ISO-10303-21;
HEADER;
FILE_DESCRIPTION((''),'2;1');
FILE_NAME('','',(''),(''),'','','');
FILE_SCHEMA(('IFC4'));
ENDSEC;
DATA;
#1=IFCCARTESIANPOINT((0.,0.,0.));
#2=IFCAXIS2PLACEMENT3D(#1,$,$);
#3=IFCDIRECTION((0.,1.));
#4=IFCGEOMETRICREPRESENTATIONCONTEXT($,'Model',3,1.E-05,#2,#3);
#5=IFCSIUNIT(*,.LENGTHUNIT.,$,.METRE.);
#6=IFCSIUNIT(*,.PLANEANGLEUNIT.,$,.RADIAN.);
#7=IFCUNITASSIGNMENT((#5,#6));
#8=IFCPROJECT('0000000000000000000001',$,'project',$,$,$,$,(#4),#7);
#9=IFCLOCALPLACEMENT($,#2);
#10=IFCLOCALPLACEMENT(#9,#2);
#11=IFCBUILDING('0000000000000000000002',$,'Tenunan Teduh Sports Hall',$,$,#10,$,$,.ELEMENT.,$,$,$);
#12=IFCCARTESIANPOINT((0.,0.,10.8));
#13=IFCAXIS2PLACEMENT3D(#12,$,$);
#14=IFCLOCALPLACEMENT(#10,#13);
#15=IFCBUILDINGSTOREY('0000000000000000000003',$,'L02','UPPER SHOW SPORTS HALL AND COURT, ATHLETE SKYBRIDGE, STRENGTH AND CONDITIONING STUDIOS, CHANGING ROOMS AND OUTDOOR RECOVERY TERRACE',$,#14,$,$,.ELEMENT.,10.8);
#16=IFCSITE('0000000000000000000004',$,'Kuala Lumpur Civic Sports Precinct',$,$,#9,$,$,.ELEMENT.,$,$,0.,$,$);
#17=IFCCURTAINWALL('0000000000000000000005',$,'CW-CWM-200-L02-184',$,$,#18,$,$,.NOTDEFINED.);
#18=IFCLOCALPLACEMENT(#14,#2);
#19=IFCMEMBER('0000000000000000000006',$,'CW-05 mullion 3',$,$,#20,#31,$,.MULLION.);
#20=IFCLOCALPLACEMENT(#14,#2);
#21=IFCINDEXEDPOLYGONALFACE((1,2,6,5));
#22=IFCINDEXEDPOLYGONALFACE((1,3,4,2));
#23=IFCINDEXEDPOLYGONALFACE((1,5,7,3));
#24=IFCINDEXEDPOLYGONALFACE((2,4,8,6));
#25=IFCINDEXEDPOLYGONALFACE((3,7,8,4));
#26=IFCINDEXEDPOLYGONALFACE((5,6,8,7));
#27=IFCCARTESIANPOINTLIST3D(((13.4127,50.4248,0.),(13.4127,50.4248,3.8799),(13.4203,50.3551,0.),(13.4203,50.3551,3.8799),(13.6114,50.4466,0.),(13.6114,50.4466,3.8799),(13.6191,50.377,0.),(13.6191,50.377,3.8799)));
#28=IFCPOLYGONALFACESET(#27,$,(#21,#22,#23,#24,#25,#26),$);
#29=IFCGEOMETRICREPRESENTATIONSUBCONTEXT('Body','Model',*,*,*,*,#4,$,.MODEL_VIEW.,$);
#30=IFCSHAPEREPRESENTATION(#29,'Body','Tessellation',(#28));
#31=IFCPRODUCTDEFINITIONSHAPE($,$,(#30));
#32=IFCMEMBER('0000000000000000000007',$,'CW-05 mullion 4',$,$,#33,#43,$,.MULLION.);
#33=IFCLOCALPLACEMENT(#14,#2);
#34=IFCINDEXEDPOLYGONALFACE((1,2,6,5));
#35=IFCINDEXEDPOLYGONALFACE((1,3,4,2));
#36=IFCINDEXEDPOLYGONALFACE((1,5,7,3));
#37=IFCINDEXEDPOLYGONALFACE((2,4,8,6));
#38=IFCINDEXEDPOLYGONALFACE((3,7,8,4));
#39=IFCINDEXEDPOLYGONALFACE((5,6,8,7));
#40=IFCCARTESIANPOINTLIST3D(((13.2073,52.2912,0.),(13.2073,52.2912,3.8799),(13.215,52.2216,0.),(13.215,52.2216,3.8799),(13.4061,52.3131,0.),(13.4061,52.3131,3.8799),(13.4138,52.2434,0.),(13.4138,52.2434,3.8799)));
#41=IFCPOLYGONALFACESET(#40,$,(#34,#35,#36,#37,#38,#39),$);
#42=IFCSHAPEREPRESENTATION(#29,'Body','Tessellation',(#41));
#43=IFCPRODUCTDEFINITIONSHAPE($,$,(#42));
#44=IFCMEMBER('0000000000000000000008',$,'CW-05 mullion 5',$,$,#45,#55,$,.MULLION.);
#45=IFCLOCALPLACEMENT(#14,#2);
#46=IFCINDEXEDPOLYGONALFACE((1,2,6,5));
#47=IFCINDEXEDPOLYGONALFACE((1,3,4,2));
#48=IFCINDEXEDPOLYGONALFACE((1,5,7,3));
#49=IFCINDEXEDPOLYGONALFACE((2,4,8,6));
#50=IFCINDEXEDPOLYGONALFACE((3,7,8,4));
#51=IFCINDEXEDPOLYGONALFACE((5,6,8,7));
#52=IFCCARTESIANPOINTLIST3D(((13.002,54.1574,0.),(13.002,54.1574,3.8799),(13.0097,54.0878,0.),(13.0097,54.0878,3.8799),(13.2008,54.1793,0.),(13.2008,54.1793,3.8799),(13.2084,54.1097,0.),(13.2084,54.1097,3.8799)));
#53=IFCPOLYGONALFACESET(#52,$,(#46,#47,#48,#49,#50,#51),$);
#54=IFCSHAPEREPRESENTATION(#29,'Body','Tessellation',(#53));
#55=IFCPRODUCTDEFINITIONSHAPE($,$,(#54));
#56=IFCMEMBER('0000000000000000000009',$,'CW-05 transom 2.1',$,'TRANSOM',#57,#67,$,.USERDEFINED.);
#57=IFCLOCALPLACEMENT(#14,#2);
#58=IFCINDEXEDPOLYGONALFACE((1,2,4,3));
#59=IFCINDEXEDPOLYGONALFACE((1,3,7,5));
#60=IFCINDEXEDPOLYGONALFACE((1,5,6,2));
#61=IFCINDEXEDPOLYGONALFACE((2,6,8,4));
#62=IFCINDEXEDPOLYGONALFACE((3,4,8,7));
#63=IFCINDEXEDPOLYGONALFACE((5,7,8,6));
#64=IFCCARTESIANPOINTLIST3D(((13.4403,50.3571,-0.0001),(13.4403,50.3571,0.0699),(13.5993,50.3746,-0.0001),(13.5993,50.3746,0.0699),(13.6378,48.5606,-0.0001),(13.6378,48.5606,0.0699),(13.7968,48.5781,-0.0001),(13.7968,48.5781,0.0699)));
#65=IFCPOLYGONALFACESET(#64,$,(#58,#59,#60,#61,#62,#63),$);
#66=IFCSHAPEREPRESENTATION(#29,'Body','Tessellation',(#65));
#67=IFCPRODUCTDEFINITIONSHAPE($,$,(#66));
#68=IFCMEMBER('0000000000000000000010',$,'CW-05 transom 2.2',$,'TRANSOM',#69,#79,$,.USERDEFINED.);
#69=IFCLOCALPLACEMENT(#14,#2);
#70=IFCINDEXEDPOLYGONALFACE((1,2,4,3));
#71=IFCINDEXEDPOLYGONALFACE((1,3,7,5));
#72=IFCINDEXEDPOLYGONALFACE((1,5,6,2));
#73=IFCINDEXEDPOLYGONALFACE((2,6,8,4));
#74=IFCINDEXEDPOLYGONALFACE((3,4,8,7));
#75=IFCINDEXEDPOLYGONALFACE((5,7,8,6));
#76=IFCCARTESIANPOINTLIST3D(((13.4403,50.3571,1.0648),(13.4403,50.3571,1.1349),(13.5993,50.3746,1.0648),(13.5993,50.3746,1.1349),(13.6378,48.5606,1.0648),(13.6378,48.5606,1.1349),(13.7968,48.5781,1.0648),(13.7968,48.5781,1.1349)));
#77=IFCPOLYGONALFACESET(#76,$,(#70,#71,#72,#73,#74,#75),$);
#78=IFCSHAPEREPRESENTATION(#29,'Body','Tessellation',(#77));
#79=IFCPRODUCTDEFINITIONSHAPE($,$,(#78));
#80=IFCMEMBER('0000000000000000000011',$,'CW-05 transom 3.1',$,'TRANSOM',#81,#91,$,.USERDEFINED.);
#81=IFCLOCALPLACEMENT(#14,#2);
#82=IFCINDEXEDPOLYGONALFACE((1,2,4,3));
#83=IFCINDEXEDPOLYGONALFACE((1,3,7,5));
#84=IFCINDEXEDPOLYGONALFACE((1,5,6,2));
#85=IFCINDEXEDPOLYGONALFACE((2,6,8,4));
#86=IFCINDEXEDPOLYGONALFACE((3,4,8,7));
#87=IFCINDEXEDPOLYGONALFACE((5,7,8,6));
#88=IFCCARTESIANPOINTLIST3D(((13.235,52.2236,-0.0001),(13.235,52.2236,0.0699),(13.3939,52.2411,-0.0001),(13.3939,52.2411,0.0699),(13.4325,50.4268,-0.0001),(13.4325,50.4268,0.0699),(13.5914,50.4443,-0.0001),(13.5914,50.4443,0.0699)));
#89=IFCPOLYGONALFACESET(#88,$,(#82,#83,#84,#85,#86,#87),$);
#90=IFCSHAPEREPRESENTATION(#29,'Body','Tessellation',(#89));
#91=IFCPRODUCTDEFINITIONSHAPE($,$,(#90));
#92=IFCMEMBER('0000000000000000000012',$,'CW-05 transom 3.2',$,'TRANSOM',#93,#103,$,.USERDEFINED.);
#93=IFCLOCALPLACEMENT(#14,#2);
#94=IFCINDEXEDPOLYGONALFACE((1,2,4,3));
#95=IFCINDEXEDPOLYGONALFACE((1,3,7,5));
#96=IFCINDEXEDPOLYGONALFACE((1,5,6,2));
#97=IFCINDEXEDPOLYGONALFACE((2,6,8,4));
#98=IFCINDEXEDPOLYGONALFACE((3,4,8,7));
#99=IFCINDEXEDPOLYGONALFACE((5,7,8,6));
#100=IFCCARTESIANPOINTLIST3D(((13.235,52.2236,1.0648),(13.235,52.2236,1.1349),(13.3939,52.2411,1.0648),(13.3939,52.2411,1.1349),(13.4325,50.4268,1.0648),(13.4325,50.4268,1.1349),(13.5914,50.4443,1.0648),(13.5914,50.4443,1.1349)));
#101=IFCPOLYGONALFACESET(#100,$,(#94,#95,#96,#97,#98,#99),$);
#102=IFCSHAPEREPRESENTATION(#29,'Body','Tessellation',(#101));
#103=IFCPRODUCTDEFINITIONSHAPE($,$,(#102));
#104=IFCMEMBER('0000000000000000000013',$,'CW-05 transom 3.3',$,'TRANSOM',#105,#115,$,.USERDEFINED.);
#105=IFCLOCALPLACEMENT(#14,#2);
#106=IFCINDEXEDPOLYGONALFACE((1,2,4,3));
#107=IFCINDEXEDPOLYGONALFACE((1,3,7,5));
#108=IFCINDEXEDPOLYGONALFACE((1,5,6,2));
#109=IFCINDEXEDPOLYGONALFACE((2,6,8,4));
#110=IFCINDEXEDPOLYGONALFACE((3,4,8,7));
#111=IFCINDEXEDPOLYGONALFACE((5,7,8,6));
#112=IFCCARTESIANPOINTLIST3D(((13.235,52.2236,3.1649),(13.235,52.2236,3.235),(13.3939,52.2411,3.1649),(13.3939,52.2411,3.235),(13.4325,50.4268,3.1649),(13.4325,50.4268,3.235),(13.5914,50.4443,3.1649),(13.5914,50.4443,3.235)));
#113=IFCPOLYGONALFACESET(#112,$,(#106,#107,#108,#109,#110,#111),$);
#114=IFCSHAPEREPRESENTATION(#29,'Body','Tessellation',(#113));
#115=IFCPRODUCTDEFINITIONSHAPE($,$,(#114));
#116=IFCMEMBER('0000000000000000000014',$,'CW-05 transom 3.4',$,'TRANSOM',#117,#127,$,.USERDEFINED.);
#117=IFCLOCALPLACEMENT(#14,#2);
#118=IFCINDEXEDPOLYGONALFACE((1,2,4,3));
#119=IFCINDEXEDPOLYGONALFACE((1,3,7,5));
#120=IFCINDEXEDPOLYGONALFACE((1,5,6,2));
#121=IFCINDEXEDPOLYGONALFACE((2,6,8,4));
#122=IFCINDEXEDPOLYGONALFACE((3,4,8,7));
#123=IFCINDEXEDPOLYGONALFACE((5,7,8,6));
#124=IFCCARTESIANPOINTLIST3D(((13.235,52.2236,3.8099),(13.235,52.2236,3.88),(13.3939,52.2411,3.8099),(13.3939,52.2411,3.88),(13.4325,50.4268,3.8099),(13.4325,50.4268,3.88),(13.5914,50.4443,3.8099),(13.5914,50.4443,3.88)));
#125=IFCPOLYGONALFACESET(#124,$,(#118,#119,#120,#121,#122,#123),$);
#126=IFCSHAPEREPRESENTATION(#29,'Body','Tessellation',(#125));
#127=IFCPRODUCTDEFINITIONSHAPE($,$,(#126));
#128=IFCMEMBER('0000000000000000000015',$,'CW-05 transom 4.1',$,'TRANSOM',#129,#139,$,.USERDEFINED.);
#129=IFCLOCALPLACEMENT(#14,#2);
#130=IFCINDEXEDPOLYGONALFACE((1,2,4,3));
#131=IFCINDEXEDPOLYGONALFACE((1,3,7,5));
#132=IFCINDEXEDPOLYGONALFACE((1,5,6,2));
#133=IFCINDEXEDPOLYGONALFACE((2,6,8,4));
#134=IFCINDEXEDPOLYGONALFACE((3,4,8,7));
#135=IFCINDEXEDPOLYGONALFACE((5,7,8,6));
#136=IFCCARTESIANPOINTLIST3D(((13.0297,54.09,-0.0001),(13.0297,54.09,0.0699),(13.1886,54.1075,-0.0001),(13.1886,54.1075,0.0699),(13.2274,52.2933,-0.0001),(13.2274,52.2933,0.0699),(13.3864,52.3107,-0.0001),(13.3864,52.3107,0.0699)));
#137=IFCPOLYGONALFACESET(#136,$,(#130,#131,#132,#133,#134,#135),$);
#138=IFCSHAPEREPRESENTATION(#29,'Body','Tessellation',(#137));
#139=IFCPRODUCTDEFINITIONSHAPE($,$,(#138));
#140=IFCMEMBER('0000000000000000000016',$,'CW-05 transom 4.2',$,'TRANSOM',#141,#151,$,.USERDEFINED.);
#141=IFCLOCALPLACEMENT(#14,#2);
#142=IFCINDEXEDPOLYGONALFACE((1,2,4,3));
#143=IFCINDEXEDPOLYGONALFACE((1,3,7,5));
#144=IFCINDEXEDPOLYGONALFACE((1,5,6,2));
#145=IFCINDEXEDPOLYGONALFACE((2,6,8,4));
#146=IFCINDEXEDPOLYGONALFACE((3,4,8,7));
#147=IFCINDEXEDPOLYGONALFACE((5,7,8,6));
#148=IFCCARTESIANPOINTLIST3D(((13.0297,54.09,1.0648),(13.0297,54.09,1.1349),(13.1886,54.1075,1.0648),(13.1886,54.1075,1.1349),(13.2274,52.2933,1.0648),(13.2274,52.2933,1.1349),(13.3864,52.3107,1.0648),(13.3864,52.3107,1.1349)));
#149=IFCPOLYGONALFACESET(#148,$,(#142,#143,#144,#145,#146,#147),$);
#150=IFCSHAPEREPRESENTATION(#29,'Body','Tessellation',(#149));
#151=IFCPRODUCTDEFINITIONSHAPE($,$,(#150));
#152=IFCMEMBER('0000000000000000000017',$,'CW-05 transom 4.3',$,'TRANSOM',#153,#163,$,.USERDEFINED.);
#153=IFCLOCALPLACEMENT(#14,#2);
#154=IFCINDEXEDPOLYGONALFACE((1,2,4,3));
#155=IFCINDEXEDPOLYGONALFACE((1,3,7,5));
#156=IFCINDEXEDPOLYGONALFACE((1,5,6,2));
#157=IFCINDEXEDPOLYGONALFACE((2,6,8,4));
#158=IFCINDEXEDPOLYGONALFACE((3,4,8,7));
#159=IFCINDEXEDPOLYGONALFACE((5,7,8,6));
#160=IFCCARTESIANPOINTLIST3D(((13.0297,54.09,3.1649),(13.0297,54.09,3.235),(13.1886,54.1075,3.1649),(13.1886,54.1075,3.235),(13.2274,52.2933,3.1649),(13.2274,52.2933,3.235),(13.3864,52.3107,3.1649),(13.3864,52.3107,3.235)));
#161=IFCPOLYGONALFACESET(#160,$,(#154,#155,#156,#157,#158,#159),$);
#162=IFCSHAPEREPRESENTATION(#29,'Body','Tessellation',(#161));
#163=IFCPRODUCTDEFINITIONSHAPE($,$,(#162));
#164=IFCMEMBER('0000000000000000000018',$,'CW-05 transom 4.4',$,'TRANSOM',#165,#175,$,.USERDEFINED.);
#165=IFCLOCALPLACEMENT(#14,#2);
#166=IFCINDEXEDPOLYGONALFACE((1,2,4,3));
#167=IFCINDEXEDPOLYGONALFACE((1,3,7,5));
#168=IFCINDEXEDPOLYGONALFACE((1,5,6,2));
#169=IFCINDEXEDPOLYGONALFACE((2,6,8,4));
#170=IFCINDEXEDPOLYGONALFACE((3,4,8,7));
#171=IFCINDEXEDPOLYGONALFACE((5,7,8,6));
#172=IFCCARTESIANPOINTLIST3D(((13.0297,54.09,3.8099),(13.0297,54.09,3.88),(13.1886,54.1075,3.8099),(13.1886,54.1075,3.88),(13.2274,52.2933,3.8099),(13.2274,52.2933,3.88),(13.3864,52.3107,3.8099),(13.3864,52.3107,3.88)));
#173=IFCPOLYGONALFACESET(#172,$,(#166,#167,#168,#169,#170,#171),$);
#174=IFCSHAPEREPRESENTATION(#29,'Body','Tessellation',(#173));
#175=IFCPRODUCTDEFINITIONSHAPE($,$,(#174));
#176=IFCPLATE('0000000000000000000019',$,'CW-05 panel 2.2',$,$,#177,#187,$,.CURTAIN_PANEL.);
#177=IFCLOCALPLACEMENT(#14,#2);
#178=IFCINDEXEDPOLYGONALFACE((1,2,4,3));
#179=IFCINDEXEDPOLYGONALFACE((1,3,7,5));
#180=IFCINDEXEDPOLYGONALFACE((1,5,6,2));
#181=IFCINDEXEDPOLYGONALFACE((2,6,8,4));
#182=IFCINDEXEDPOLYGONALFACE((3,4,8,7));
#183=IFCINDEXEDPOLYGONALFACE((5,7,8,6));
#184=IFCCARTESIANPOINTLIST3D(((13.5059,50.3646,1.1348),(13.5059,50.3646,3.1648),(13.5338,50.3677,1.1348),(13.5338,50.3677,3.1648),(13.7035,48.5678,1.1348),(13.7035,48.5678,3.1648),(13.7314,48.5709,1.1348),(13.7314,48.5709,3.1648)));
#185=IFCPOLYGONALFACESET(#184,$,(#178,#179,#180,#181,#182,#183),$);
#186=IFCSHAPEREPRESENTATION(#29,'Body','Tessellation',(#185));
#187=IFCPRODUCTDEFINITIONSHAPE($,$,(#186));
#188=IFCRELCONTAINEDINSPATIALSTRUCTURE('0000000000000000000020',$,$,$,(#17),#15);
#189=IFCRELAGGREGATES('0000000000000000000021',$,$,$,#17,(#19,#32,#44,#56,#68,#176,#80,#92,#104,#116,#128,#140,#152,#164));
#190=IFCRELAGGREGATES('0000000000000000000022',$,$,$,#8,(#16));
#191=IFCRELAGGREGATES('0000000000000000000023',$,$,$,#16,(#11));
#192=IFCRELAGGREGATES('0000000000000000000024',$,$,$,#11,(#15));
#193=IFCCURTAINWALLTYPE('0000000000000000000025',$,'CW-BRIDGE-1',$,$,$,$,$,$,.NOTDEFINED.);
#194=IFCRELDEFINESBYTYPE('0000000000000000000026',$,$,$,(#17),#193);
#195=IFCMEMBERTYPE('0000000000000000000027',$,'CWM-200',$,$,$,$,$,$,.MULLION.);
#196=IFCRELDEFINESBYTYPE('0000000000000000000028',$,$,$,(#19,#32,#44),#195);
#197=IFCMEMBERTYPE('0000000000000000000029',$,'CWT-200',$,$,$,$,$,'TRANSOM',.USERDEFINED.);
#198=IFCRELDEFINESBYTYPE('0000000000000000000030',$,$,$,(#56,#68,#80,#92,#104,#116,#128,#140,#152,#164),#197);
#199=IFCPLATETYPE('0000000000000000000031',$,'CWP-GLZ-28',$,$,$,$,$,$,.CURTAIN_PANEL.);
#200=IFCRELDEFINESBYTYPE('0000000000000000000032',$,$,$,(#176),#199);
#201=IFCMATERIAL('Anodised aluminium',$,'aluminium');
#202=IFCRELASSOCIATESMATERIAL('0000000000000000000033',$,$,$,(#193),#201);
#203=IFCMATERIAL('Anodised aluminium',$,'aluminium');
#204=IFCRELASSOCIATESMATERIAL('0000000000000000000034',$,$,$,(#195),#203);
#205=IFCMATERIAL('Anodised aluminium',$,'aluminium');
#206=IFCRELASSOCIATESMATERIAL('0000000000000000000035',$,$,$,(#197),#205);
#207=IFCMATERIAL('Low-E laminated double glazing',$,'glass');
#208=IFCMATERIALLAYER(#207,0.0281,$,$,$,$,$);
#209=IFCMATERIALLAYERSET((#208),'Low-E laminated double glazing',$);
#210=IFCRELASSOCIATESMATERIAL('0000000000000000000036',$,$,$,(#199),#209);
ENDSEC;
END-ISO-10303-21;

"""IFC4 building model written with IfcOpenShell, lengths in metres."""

from ifc_helpers import new_model, si_unit, direction, frame, origin, origin_2d, place, context, subcontext, project, spatial, rectangle, extrude, material, layer, layer_set, material_profile, profile_set, type_object, element, aggregate, save


model = new_model("IFC4")

# Units and contexts
model_context = context("Model", 3, precision=1e-05, world=origin(), true_north=direction((0.0, 1.0)))
body_context = subcontext(model_context, "Body", "Model", "MODEL_VIEW")
ifc_project = project(units=[si_unit("LENGTHUNIT", "METRE"), si_unit("PLANEANGLEUNIT", "RADIAN")], contexts=[model_context])

# Site, building, storey
site_placement = place(None, origin())
site = spatial("IfcSite", under=ifc_project, at=site_placement, Name="Kuala Lumpur Civic Sports Precinct", CompositionType="ELEMENT", RefElevation=0.0)
building_placement = place(site_placement, origin())
building = spatial("IfcBuilding", under=site, at=building_placement, Name="Tenunan Teduh Sports Hall", CompositionType="ELEMENT")
storey_placement = place(building_placement, frame((0.0, 0.0, 10.8)))
storey = spatial("IfcBuildingStorey", under=building, at=storey_placement, Name="L02", Description="UPPER SHOW SPORTS HALL AND COURT, ATHLETE SKYBRIDGE, STRENGTH AND CONDITIONING STUDIOS, CHANGING ROOMS AND OUTDOOR RECOVERY TERRACE", CompositionType="ELEMENT", Elevation=10.8)

# Curtain wall, members, plate
ifc_material_1 = material(Name="Anodised aluminium", Category="aluminium")
curtain_wall_type = type_object("IfcCurtainWallType", Name="CW-BRIDGE-1", PredefinedType="NOTDEFINED", material=ifc_material_1)
curtain_wall_placement = place(storey_placement, origin())
curtain_wall = element("IfcCurtainWall", 1, at=curtain_wall_placement, inside=storey, type_object=curtain_wall_type, Name="CW-CWM-200-L02-184", PredefinedType="NOTDEFINED")
ifc_material_2 = material(Name="Anodised aluminium", Category="aluminium")
ifc_material_profile_1 = material_profile(ifc_material_2, rectangle(XDim=0.0701, YDim=0.2, at=origin_2d()), Name="CWM 70x200")
ifc_profile_set_1 = profile_set([ifc_material_profile_1], Name="Anodised aluminium")
member_type_1 = type_object("IfcMemberType", Name="CWM-200", PredefinedType="MULLION", material=ifc_profile_set_1)
member_1_placement = place(storey_placement, frame((13.5159, 50.4009, 0.0), z_axis=(0.0, 0.0, 1.0), x_axis=(-0.109339, 0.994005, 0.0)))
member_1 = element("IfcMember", 2, at=member_1_placement, type_object=member_type_1, Name="CW-05 mullion 3", PredefinedType="MULLION", context=body_context, shape_type="SweptSolid", body=[
    extrude(rectangle(XDim=0.0701, YDim=0.2, at=origin_2d()), origin(), (0.0, 0.0, 1.0), 3.8799),
])
member_2_placement = place(storey_placement, frame((13.3105, 52.2673, 0.0), z_axis=(0.0, 0.0, 1.0), x_axis=(-0.109339, 0.994005, 0.0)))
member_2 = element("IfcMember", 3, at=member_2_placement, type_object=member_type_1, Name="CW-05 mullion 4", PredefinedType="MULLION", context=body_context, shape_type="SweptSolid", body=[
    extrude(rectangle(XDim=0.0701, YDim=0.2, at=origin_2d()), origin(), (0.0, 0.0, 1.0), 3.8799),
])
member_3_placement = place(storey_placement, frame((13.1052, 54.1335, 0.0), z_axis=(0.0, 0.0, 1.0), x_axis=(-0.109339, 0.994005, 0.0)))
member_3 = element("IfcMember", 4, at=member_3_placement, type_object=member_type_1, Name="CW-05 mullion 5", PredefinedType="MULLION", context=body_context, shape_type="SweptSolid", body=[
    extrude(rectangle(XDim=0.0701, YDim=0.2, at=origin_2d()), origin(), (0.0, 0.0, 1.0), 3.8799),
])
ifc_material_3 = material(Name="Anodised aluminium", Category="aluminium")
ifc_material_profile_2 = material_profile(ifc_material_3, rectangle(XDim=0.0701, YDim=0.1599, at=origin_2d()), Name="CWT 70x160")
ifc_profile_set_2 = profile_set([ifc_material_profile_2], Name="Anodised aluminium")
member_type_2 = type_object("IfcMemberType", Name="CWT-200", ElementType="TRANSOM", PredefinedType="USERDEFINED", material=ifc_profile_set_2)
member_4_placement = place(storey_placement, frame((13.7173, 48.5693, 0.0349), z_axis=(-0.109275, 0.994012, 0.0), x_axis=(0.0, 0.0, 1.0)))
member_4 = element("IfcMember", 5, at=member_4_placement, type_object=member_type_2, Name="CW-05 transom 2.1", ObjectType="TRANSOM", PredefinedType="USERDEFINED", context=body_context, shape_type="SweptSolid", body=[
    extrude(rectangle(XDim=0.0701, YDim=0.1599, at=origin_2d()), origin(), (0.0, 0.0, 1.0), 1.8074),
])
member_5_placement = place(storey_placement, frame((13.7173, 48.5693, 1.0999), z_axis=(-0.109275, 0.994012, 0.0), x_axis=(0.0, 0.0, 1.0)))
member_5 = element("IfcMember", 6, at=member_5_placement, type_object=member_type_2, Name="CW-05 transom 2.2", ObjectType="TRANSOM", PredefinedType="USERDEFINED", context=body_context, shape_type="SweptSolid", body=[
    extrude(rectangle(XDim=0.0701, YDim=0.1599, at=origin_2d()), origin(), (0.0, 0.0, 1.0), 1.8074),
])
member_6_placement = place(storey_placement, frame((13.512, 50.4355, 0.0349), z_axis=(-0.10926, 0.994013, 0.0), x_axis=(0.0, 0.0, 1.0)))
member_6 = element("IfcMember", 7, at=member_6_placement, type_object=member_type_2, Name="CW-05 transom 3.1", ObjectType="TRANSOM", PredefinedType="USERDEFINED", context=body_context, shape_type="SweptSolid", body=[
    extrude(rectangle(XDim=0.0701, YDim=0.1599, at=origin_2d()), origin(), (0.0, 0.0, 1.0), 1.8076),
])
member_7_placement = place(storey_placement, frame((13.512, 50.4355, 1.0999), z_axis=(-0.10926, 0.994013, 0.0), x_axis=(0.0, 0.0, 1.0)))
member_7 = element("IfcMember", 8, at=member_7_placement, type_object=member_type_2, Name="CW-05 transom 3.2", ObjectType="TRANSOM", PredefinedType="USERDEFINED", context=body_context, shape_type="SweptSolid", body=[
    extrude(rectangle(XDim=0.0701, YDim=0.1599, at=origin_2d()), origin(), (0.0, 0.0, 1.0), 1.8076),
])
member_8_placement = place(storey_placement, frame((13.512, 50.4355, 3.2), z_axis=(-0.10926, 0.994013, 0.0), x_axis=(0.0, 0.0, 1.0)))
member_8 = element("IfcMember", 9, at=member_8_placement, type_object=member_type_2, Name="CW-05 transom 3.3", ObjectType="TRANSOM", PredefinedType="USERDEFINED", context=body_context, shape_type="SweptSolid", body=[
    extrude(rectangle(XDim=0.0701, YDim=0.1599, at=origin_2d()), origin(), (0.0, 0.0, 1.0), 1.8076),
])
member_9_placement = place(storey_placement, frame((13.512, 50.4355, 3.845), z_axis=(-0.10926, 0.994013, 0.0), x_axis=(0.0, 0.0, 1.0)))
member_9 = element("IfcMember", 10, at=member_9_placement, type_object=member_type_2, Name="CW-05 transom 3.4", ObjectType="TRANSOM", PredefinedType="USERDEFINED", context=body_context, shape_type="SweptSolid", body=[
    extrude(rectangle(XDim=0.0701, YDim=0.1599, at=origin_2d()), origin(), (0.0, 0.0, 1.0), 1.8076),
])
member_10_placement = place(storey_placement, frame((13.3069, 52.302, 0.0349), z_axis=(-0.109394, 0.993998, 0.0), x_axis=(0.0, 0.0, 1.0)))
member_10 = element("IfcMember", 11, at=member_10_placement, type_object=member_type_2, Name="CW-05 transom 4.1", ObjectType="TRANSOM", PredefinedType="USERDEFINED", context=body_context, shape_type="SweptSolid", body=[
    extrude(rectangle(XDim=0.0701, YDim=0.1599, at=origin_2d()), origin(), (0.0, 0.0, 1.0), 1.8076),
])
member_11_placement = place(storey_placement, frame((13.3069, 52.302, 1.0999), z_axis=(-0.109394, 0.993998, 0.0), x_axis=(0.0, 0.0, 1.0)))
member_11 = element("IfcMember", 12, at=member_11_placement, type_object=member_type_2, Name="CW-05 transom 4.2", ObjectType="TRANSOM", PredefinedType="USERDEFINED", context=body_context, shape_type="SweptSolid", body=[
    extrude(rectangle(XDim=0.0701, YDim=0.1599, at=origin_2d()), origin(), (0.0, 0.0, 1.0), 1.8076),
])
member_12_placement = place(storey_placement, frame((13.3069, 52.302, 3.2), z_axis=(-0.109394, 0.993998, 0.0), x_axis=(0.0, 0.0, 1.0)))
member_12 = element("IfcMember", 13, at=member_12_placement, type_object=member_type_2, Name="CW-05 transom 4.3", ObjectType="TRANSOM", PredefinedType="USERDEFINED", context=body_context, shape_type="SweptSolid", body=[
    extrude(rectangle(XDim=0.0701, YDim=0.1599, at=origin_2d()), origin(), (0.0, 0.0, 1.0), 1.8076),
])
member_13_placement = place(storey_placement, frame((13.3069, 52.302, 3.845), z_axis=(-0.109394, 0.993998, 0.0), x_axis=(0.0, 0.0, 1.0)))
member_13 = element("IfcMember", 14, at=member_13_placement, type_object=member_type_2, Name="CW-05 transom 4.4", ObjectType="TRANSOM", PredefinedType="USERDEFINED", context=body_context, shape_type="SweptSolid", body=[
    extrude(rectangle(XDim=0.0701, YDim=0.1599, at=origin_2d()), origin(), (0.0, 0.0, 1.0), 1.8076),
])
ifc_material_4 = material(Name="Low-E laminated double glazing", Category="glass")
ifc_layer_1 = layer(ifc_material_4, 0.0281)
ifc_layer_set_1 = layer_set([ifc_layer_1], Name="Low-E laminated double glazing")
plate_type_1 = type_object("IfcPlateType", Name="CWP-GLZ-28", PredefinedType="CURTAIN_PANEL", material=ifc_layer_set_1)
plate_1_placement = place(storey_placement, frame((13.6187, 49.4678, 1.1348), z_axis=(0.0, 0.0, 1.0), x_axis=(-0.10934, 0.994004, 0.0)))
plate_1 = element("IfcPlate", 15, at=plate_1_placement, type_object=plate_type_1, Name="CW-05 panel 2.2", PredefinedType="CURTAIN_PANEL", context=body_context, shape_type="SweptSolid", body=[
    extrude(rectangle(XDim=1.8076, YDim=0.0281, at=origin_2d()), origin(), (0.0, 0.0, 1.0), 2.03),
])
aggregate(curtain_wall, [member_1, member_2, member_3, member_4, member_5, plate_1, member_6, member_7, member_8, member_9, member_10, member_11, member_12, member_13])

save(model, "model.ifc")
